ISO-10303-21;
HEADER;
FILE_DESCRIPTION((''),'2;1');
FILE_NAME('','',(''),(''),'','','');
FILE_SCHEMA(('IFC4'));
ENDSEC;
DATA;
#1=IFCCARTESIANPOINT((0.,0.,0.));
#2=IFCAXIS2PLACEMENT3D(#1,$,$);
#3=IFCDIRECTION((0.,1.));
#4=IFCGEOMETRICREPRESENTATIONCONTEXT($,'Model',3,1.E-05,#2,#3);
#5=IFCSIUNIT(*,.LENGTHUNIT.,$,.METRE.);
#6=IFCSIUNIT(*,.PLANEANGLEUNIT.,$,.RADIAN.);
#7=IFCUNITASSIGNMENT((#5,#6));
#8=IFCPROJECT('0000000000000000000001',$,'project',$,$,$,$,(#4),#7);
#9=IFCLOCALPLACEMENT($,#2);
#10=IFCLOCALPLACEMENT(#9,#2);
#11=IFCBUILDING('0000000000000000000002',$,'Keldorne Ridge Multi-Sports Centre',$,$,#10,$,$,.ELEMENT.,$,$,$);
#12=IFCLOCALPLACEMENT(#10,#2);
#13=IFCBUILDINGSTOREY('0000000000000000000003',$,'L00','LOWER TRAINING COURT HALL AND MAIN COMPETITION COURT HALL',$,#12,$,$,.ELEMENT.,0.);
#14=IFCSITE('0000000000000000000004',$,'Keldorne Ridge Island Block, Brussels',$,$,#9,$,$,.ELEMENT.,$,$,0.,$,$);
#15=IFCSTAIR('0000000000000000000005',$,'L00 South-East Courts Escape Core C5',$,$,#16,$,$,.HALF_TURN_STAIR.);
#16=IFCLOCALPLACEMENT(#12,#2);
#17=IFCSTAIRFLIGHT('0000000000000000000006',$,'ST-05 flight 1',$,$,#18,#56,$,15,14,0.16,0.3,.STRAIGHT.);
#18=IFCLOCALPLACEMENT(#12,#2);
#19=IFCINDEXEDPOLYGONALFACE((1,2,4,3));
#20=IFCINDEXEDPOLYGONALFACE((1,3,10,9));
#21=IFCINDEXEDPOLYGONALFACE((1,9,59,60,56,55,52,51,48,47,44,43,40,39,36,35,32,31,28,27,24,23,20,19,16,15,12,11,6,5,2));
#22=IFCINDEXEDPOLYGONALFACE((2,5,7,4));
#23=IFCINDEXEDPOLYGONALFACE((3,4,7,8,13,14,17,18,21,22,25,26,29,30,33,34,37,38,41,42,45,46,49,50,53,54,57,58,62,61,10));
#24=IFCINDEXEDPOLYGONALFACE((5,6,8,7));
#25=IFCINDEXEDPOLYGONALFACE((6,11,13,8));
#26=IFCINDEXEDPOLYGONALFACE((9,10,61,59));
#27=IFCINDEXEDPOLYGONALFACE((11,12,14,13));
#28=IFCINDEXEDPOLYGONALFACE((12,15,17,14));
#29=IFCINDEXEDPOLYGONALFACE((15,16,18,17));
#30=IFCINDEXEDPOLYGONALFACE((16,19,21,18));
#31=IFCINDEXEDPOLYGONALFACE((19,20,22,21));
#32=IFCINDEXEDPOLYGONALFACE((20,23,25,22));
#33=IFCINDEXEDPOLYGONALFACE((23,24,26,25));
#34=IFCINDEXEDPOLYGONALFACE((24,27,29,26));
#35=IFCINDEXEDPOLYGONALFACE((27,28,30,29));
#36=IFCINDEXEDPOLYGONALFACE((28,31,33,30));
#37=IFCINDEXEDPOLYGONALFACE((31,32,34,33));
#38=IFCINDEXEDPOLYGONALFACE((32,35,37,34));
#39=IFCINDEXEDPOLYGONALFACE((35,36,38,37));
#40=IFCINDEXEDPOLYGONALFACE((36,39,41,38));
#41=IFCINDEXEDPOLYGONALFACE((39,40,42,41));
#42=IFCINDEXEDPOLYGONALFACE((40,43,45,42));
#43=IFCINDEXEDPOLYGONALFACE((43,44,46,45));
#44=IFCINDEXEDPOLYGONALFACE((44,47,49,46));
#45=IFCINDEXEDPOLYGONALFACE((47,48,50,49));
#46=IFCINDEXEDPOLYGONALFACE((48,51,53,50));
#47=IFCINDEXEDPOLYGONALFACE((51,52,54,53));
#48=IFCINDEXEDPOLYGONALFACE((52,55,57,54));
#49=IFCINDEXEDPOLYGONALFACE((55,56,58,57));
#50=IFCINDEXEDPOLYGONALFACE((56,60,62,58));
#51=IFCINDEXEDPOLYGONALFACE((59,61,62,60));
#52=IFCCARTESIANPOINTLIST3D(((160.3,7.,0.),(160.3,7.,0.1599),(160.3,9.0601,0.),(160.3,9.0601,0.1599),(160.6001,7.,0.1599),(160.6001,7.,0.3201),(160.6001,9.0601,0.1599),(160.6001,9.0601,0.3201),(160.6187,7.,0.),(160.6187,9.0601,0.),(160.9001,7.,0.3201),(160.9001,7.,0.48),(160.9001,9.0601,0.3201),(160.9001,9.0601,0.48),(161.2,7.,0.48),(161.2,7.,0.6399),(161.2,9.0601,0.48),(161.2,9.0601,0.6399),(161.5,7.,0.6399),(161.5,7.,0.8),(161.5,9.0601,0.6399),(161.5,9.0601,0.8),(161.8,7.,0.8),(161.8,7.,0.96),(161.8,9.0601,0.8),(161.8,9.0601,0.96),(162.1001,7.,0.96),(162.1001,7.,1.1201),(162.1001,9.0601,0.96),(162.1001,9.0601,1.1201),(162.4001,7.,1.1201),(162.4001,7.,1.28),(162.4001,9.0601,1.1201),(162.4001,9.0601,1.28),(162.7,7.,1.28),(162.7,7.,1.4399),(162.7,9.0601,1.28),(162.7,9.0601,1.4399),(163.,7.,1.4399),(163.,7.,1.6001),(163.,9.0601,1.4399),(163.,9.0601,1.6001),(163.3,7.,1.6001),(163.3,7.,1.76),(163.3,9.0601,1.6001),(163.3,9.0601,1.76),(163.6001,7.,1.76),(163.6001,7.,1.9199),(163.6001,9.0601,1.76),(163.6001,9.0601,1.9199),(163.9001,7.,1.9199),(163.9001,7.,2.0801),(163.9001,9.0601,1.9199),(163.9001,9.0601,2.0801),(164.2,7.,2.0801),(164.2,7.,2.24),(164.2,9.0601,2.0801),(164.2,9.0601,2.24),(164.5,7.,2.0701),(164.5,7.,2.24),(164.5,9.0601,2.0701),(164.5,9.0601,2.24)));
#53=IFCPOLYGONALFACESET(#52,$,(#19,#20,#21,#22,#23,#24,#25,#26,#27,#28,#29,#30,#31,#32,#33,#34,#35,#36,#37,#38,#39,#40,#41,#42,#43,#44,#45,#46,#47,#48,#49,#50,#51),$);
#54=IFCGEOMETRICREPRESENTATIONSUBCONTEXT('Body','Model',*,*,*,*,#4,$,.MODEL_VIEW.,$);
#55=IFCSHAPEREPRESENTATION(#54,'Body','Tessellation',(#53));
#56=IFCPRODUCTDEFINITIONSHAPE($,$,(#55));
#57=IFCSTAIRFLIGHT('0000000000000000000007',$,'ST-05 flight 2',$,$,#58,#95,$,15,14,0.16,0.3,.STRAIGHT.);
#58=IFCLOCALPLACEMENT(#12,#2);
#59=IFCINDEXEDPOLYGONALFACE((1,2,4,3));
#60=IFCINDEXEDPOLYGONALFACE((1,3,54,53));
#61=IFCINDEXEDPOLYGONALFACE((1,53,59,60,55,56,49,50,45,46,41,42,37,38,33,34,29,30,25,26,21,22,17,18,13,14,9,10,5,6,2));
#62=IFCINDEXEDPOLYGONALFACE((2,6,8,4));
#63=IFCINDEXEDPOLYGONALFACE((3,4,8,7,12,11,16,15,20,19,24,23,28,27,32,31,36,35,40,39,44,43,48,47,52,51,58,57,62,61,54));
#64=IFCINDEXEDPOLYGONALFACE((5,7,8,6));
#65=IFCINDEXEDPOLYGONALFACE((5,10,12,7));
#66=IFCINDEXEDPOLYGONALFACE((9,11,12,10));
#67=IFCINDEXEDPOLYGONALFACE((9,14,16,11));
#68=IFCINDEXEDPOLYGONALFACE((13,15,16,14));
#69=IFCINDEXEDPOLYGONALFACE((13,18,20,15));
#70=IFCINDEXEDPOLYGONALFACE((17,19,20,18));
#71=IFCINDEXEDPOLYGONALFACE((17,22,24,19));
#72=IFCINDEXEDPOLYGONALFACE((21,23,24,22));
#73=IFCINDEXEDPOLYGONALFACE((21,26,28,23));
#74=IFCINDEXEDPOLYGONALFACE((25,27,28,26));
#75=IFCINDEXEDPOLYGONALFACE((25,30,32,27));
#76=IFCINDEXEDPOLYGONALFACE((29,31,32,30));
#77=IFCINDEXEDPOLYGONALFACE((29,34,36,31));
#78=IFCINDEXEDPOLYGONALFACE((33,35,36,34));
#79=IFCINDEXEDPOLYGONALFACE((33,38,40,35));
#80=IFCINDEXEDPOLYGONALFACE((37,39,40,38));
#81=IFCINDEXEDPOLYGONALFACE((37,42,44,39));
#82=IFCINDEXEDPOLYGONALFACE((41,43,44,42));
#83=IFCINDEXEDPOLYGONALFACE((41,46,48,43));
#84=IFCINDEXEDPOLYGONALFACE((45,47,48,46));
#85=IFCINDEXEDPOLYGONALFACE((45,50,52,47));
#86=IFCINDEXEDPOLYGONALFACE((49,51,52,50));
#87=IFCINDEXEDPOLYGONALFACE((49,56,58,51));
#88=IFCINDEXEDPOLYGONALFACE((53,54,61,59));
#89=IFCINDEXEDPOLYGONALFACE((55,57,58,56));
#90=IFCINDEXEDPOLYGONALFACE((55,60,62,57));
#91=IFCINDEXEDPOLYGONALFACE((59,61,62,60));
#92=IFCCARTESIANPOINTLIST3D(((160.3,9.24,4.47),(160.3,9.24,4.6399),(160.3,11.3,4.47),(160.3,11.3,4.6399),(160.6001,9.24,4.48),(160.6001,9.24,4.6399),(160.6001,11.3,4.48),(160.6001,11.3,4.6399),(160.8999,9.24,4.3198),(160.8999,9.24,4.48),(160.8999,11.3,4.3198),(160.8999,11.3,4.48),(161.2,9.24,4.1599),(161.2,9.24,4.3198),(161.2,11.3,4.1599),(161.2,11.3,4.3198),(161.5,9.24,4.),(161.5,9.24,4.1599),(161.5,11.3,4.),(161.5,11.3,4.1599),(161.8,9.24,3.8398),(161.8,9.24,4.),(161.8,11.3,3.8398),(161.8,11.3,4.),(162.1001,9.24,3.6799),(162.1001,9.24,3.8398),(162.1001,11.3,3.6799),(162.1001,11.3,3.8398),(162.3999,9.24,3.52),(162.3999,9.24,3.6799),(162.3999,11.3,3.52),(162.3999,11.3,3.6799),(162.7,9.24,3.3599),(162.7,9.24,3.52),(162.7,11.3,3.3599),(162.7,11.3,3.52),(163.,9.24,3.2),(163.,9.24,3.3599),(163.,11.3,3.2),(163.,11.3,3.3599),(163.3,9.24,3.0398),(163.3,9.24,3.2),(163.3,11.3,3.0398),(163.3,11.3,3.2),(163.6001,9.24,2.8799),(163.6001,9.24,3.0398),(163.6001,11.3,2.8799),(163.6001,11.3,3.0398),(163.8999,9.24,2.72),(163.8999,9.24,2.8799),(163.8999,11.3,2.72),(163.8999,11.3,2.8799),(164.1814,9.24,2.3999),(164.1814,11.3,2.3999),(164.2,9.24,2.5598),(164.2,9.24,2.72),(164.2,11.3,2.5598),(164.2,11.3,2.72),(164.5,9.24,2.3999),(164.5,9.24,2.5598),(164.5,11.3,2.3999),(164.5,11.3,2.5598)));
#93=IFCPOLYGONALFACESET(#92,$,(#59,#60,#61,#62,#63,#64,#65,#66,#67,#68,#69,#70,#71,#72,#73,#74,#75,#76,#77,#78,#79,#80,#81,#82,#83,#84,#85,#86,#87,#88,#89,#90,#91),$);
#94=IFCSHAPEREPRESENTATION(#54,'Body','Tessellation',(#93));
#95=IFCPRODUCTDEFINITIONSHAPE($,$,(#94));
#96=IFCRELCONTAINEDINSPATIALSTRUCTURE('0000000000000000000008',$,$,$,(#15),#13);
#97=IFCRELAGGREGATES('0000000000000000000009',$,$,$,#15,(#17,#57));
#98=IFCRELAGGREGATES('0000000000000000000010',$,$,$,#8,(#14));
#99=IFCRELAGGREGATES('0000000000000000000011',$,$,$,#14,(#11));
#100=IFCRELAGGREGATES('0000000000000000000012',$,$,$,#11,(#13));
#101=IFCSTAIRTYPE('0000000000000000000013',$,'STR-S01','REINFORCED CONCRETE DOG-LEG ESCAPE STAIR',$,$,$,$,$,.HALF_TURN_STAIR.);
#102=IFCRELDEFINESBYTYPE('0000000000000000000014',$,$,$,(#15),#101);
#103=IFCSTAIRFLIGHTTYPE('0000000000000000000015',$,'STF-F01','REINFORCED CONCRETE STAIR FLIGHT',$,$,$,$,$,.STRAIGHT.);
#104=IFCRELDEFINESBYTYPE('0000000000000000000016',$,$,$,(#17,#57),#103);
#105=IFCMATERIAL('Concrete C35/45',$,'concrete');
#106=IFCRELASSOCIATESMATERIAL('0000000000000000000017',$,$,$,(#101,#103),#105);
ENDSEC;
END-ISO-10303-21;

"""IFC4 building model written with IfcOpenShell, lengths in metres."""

from ifc_helpers import new_model, si_unit, direction, frame, origin, place, context, subcontext, project, spatial, polyline, outline, extrude, material, type_object, element, aggregate, save


model = new_model("IFC4")

# Units and contexts
model_context = context("Model", 3, precision=1e-05, world=origin(), true_north=direction((0.0, 1.0)))
body_context = subcontext(model_context, "Body", "Model", "MODEL_VIEW")
ifc_project = project(units=[si_unit("LENGTHUNIT", "METRE"), si_unit("PLANEANGLEUNIT", "RADIAN")], contexts=[model_context])

# Site, building, storey
site_placement = place(None, origin())
site = spatial("IfcSite", under=ifc_project, at=site_placement, Name="Keldorne Ridge Island Block, Brussels", CompositionType="ELEMENT", RefElevation=0.0)
building_placement = place(site_placement, origin())
building = spatial("IfcBuilding", under=site, at=building_placement, Name="Keldorne Ridge Multi-Sports Centre", CompositionType="ELEMENT")
storey_placement = place(building_placement, origin())
storey = spatial("IfcBuildingStorey", under=building, at=storey_placement, Name="L00", Description="LOWER TRAINING COURT HALL AND MAIN COMPETITION COURT HALL", CompositionType="ELEMENT", Elevation=0.0)

# Shared definitions
ifc_material_1 = material(Name="Concrete C35/45", Category="concrete")

# Stair, stair flights
stair_type = type_object("IfcStairType", Name="STR-S01", Description="REINFORCED CONCRETE DOG-LEG ESCAPE STAIR", PredefinedType="HALF_TURN_STAIR", material=ifc_material_1)
stair_placement = place(storey_placement, origin())
stair = element("IfcStair", 1, at=stair_placement, inside=storey, type_object=stair_type, Name="L00 South-East Courts Escape Core C5", PredefinedType="HALF_TURN_STAIR")
stair_flight_type = type_object("IfcStairFlightType", Name="STF-F01", Description="REINFORCED CONCRETE STAIR FLIGHT", PredefinedType="STRAIGHT", material=ifc_material_1)
stair_flight_1_placement = place(storey_placement, frame((160.3, 8.03, 0.0), z_axis=(0.0, 0.0, 1.0), x_axis=(1.0, 0.0, 0.0)))
stair_flight_1 = element("IfcStairFlight", 2, at=stair_flight_1_placement, type_object=stair_flight_type, Name="ST-05 flight 1", NumberOfRisers=15, NumberOfTreads=14, PredefinedType="STRAIGHT", RiserHeight=0.16, TreadLength=0.3, context=body_context, shape_type="SweptSolid", body=[
    extrude(outline(polyline([(0.0, 0.0), (0.0, 0.1599), (0.3, 0.1599), (0.3, 0.3201), (0.6001, 0.3201), (0.6001, 0.48), (0.8999, 0.48), (0.8999, 0.6399), (1.2, 0.6399), (1.2, 0.8), (1.5, 0.8), (1.5, 0.96), (1.8, 0.96), (1.8, 1.1201), (2.1001, 1.1201), (2.1001, 1.28), (2.3999, 1.28), (2.3999, 1.4399), (2.7, 1.4399), (2.7, 1.6001), (3.0, 1.6001), (3.0, 1.76), (3.3, 1.76), (3.3, 1.9199), (3.6001, 1.9199), (3.6001, 2.0801), (3.8999, 2.0801), (3.8999, 2.24), (4.2, 2.24), (4.2, 2.3999), (4.2, 2.0701), (0.3186, 0.0), (0.0, 0.0)])), frame((0.0, 1.03, 0.0), z_axis=(0.0, -1.0, 0.0), x_axis=(1.0, 0.0, 0.0)), (0.0, 0.0, 1.0), 2.0601),
])
stair_flight_2_placement = place(storey_placement, frame((164.5, 10.27, 2.3999), z_axis=(0.0, 0.0, 1.0), x_axis=(-1.0, 0.0, 0.0)))
stair_flight_2 = element("IfcStairFlight", 3, at=stair_flight_2_placement, type_object=stair_flight_type, Name="ST-05 flight 2", NumberOfRisers=15, NumberOfTreads=14, PredefinedType="STRAIGHT", RiserHeight=0.16, TreadLength=0.3, context=body_context, shape_type="SweptSolid", body=[
    extrude(outline(polyline([(0.0, 0.0), (0.0, 0.1599), (0.3, 0.1599), (0.3, 0.3201), (0.6001, 0.3201), (0.6001, 0.48), (0.8999, 0.48), (0.8999, 0.6399), (1.2, 0.6399), (1.2, 0.8), (1.5, 0.8), (1.5, 0.96), (1.8, 0.96), (1.8, 1.1201), (2.1001, 1.1201), (2.1001, 1.28), (2.3999, 1.28), (2.3999, 1.4399), (2.7, 1.4399), (2.7, 1.6001), (3.0, 1.6001), (3.0, 1.76), (3.3, 1.76), (3.3, 1.9199), (3.6001, 1.9199), (3.6001, 2.0801), (3.8999, 2.0801), (3.8999, 2.24), (4.2, 2.24), (4.2, 2.3999), (4.2, 2.0701), (0.3186, 0.0), (0.0, 0.0)])), frame((0.0, 1.03, 0.0), z_axis=(0.0, -1.0, 0.0), x_axis=(1.0, 0.0, 0.0)), (0.0, 0.0, 1.0), 2.0601),
])
aggregate(stair, [stair_flight_1, stair_flight_2])

save(model, "model.ifc")
